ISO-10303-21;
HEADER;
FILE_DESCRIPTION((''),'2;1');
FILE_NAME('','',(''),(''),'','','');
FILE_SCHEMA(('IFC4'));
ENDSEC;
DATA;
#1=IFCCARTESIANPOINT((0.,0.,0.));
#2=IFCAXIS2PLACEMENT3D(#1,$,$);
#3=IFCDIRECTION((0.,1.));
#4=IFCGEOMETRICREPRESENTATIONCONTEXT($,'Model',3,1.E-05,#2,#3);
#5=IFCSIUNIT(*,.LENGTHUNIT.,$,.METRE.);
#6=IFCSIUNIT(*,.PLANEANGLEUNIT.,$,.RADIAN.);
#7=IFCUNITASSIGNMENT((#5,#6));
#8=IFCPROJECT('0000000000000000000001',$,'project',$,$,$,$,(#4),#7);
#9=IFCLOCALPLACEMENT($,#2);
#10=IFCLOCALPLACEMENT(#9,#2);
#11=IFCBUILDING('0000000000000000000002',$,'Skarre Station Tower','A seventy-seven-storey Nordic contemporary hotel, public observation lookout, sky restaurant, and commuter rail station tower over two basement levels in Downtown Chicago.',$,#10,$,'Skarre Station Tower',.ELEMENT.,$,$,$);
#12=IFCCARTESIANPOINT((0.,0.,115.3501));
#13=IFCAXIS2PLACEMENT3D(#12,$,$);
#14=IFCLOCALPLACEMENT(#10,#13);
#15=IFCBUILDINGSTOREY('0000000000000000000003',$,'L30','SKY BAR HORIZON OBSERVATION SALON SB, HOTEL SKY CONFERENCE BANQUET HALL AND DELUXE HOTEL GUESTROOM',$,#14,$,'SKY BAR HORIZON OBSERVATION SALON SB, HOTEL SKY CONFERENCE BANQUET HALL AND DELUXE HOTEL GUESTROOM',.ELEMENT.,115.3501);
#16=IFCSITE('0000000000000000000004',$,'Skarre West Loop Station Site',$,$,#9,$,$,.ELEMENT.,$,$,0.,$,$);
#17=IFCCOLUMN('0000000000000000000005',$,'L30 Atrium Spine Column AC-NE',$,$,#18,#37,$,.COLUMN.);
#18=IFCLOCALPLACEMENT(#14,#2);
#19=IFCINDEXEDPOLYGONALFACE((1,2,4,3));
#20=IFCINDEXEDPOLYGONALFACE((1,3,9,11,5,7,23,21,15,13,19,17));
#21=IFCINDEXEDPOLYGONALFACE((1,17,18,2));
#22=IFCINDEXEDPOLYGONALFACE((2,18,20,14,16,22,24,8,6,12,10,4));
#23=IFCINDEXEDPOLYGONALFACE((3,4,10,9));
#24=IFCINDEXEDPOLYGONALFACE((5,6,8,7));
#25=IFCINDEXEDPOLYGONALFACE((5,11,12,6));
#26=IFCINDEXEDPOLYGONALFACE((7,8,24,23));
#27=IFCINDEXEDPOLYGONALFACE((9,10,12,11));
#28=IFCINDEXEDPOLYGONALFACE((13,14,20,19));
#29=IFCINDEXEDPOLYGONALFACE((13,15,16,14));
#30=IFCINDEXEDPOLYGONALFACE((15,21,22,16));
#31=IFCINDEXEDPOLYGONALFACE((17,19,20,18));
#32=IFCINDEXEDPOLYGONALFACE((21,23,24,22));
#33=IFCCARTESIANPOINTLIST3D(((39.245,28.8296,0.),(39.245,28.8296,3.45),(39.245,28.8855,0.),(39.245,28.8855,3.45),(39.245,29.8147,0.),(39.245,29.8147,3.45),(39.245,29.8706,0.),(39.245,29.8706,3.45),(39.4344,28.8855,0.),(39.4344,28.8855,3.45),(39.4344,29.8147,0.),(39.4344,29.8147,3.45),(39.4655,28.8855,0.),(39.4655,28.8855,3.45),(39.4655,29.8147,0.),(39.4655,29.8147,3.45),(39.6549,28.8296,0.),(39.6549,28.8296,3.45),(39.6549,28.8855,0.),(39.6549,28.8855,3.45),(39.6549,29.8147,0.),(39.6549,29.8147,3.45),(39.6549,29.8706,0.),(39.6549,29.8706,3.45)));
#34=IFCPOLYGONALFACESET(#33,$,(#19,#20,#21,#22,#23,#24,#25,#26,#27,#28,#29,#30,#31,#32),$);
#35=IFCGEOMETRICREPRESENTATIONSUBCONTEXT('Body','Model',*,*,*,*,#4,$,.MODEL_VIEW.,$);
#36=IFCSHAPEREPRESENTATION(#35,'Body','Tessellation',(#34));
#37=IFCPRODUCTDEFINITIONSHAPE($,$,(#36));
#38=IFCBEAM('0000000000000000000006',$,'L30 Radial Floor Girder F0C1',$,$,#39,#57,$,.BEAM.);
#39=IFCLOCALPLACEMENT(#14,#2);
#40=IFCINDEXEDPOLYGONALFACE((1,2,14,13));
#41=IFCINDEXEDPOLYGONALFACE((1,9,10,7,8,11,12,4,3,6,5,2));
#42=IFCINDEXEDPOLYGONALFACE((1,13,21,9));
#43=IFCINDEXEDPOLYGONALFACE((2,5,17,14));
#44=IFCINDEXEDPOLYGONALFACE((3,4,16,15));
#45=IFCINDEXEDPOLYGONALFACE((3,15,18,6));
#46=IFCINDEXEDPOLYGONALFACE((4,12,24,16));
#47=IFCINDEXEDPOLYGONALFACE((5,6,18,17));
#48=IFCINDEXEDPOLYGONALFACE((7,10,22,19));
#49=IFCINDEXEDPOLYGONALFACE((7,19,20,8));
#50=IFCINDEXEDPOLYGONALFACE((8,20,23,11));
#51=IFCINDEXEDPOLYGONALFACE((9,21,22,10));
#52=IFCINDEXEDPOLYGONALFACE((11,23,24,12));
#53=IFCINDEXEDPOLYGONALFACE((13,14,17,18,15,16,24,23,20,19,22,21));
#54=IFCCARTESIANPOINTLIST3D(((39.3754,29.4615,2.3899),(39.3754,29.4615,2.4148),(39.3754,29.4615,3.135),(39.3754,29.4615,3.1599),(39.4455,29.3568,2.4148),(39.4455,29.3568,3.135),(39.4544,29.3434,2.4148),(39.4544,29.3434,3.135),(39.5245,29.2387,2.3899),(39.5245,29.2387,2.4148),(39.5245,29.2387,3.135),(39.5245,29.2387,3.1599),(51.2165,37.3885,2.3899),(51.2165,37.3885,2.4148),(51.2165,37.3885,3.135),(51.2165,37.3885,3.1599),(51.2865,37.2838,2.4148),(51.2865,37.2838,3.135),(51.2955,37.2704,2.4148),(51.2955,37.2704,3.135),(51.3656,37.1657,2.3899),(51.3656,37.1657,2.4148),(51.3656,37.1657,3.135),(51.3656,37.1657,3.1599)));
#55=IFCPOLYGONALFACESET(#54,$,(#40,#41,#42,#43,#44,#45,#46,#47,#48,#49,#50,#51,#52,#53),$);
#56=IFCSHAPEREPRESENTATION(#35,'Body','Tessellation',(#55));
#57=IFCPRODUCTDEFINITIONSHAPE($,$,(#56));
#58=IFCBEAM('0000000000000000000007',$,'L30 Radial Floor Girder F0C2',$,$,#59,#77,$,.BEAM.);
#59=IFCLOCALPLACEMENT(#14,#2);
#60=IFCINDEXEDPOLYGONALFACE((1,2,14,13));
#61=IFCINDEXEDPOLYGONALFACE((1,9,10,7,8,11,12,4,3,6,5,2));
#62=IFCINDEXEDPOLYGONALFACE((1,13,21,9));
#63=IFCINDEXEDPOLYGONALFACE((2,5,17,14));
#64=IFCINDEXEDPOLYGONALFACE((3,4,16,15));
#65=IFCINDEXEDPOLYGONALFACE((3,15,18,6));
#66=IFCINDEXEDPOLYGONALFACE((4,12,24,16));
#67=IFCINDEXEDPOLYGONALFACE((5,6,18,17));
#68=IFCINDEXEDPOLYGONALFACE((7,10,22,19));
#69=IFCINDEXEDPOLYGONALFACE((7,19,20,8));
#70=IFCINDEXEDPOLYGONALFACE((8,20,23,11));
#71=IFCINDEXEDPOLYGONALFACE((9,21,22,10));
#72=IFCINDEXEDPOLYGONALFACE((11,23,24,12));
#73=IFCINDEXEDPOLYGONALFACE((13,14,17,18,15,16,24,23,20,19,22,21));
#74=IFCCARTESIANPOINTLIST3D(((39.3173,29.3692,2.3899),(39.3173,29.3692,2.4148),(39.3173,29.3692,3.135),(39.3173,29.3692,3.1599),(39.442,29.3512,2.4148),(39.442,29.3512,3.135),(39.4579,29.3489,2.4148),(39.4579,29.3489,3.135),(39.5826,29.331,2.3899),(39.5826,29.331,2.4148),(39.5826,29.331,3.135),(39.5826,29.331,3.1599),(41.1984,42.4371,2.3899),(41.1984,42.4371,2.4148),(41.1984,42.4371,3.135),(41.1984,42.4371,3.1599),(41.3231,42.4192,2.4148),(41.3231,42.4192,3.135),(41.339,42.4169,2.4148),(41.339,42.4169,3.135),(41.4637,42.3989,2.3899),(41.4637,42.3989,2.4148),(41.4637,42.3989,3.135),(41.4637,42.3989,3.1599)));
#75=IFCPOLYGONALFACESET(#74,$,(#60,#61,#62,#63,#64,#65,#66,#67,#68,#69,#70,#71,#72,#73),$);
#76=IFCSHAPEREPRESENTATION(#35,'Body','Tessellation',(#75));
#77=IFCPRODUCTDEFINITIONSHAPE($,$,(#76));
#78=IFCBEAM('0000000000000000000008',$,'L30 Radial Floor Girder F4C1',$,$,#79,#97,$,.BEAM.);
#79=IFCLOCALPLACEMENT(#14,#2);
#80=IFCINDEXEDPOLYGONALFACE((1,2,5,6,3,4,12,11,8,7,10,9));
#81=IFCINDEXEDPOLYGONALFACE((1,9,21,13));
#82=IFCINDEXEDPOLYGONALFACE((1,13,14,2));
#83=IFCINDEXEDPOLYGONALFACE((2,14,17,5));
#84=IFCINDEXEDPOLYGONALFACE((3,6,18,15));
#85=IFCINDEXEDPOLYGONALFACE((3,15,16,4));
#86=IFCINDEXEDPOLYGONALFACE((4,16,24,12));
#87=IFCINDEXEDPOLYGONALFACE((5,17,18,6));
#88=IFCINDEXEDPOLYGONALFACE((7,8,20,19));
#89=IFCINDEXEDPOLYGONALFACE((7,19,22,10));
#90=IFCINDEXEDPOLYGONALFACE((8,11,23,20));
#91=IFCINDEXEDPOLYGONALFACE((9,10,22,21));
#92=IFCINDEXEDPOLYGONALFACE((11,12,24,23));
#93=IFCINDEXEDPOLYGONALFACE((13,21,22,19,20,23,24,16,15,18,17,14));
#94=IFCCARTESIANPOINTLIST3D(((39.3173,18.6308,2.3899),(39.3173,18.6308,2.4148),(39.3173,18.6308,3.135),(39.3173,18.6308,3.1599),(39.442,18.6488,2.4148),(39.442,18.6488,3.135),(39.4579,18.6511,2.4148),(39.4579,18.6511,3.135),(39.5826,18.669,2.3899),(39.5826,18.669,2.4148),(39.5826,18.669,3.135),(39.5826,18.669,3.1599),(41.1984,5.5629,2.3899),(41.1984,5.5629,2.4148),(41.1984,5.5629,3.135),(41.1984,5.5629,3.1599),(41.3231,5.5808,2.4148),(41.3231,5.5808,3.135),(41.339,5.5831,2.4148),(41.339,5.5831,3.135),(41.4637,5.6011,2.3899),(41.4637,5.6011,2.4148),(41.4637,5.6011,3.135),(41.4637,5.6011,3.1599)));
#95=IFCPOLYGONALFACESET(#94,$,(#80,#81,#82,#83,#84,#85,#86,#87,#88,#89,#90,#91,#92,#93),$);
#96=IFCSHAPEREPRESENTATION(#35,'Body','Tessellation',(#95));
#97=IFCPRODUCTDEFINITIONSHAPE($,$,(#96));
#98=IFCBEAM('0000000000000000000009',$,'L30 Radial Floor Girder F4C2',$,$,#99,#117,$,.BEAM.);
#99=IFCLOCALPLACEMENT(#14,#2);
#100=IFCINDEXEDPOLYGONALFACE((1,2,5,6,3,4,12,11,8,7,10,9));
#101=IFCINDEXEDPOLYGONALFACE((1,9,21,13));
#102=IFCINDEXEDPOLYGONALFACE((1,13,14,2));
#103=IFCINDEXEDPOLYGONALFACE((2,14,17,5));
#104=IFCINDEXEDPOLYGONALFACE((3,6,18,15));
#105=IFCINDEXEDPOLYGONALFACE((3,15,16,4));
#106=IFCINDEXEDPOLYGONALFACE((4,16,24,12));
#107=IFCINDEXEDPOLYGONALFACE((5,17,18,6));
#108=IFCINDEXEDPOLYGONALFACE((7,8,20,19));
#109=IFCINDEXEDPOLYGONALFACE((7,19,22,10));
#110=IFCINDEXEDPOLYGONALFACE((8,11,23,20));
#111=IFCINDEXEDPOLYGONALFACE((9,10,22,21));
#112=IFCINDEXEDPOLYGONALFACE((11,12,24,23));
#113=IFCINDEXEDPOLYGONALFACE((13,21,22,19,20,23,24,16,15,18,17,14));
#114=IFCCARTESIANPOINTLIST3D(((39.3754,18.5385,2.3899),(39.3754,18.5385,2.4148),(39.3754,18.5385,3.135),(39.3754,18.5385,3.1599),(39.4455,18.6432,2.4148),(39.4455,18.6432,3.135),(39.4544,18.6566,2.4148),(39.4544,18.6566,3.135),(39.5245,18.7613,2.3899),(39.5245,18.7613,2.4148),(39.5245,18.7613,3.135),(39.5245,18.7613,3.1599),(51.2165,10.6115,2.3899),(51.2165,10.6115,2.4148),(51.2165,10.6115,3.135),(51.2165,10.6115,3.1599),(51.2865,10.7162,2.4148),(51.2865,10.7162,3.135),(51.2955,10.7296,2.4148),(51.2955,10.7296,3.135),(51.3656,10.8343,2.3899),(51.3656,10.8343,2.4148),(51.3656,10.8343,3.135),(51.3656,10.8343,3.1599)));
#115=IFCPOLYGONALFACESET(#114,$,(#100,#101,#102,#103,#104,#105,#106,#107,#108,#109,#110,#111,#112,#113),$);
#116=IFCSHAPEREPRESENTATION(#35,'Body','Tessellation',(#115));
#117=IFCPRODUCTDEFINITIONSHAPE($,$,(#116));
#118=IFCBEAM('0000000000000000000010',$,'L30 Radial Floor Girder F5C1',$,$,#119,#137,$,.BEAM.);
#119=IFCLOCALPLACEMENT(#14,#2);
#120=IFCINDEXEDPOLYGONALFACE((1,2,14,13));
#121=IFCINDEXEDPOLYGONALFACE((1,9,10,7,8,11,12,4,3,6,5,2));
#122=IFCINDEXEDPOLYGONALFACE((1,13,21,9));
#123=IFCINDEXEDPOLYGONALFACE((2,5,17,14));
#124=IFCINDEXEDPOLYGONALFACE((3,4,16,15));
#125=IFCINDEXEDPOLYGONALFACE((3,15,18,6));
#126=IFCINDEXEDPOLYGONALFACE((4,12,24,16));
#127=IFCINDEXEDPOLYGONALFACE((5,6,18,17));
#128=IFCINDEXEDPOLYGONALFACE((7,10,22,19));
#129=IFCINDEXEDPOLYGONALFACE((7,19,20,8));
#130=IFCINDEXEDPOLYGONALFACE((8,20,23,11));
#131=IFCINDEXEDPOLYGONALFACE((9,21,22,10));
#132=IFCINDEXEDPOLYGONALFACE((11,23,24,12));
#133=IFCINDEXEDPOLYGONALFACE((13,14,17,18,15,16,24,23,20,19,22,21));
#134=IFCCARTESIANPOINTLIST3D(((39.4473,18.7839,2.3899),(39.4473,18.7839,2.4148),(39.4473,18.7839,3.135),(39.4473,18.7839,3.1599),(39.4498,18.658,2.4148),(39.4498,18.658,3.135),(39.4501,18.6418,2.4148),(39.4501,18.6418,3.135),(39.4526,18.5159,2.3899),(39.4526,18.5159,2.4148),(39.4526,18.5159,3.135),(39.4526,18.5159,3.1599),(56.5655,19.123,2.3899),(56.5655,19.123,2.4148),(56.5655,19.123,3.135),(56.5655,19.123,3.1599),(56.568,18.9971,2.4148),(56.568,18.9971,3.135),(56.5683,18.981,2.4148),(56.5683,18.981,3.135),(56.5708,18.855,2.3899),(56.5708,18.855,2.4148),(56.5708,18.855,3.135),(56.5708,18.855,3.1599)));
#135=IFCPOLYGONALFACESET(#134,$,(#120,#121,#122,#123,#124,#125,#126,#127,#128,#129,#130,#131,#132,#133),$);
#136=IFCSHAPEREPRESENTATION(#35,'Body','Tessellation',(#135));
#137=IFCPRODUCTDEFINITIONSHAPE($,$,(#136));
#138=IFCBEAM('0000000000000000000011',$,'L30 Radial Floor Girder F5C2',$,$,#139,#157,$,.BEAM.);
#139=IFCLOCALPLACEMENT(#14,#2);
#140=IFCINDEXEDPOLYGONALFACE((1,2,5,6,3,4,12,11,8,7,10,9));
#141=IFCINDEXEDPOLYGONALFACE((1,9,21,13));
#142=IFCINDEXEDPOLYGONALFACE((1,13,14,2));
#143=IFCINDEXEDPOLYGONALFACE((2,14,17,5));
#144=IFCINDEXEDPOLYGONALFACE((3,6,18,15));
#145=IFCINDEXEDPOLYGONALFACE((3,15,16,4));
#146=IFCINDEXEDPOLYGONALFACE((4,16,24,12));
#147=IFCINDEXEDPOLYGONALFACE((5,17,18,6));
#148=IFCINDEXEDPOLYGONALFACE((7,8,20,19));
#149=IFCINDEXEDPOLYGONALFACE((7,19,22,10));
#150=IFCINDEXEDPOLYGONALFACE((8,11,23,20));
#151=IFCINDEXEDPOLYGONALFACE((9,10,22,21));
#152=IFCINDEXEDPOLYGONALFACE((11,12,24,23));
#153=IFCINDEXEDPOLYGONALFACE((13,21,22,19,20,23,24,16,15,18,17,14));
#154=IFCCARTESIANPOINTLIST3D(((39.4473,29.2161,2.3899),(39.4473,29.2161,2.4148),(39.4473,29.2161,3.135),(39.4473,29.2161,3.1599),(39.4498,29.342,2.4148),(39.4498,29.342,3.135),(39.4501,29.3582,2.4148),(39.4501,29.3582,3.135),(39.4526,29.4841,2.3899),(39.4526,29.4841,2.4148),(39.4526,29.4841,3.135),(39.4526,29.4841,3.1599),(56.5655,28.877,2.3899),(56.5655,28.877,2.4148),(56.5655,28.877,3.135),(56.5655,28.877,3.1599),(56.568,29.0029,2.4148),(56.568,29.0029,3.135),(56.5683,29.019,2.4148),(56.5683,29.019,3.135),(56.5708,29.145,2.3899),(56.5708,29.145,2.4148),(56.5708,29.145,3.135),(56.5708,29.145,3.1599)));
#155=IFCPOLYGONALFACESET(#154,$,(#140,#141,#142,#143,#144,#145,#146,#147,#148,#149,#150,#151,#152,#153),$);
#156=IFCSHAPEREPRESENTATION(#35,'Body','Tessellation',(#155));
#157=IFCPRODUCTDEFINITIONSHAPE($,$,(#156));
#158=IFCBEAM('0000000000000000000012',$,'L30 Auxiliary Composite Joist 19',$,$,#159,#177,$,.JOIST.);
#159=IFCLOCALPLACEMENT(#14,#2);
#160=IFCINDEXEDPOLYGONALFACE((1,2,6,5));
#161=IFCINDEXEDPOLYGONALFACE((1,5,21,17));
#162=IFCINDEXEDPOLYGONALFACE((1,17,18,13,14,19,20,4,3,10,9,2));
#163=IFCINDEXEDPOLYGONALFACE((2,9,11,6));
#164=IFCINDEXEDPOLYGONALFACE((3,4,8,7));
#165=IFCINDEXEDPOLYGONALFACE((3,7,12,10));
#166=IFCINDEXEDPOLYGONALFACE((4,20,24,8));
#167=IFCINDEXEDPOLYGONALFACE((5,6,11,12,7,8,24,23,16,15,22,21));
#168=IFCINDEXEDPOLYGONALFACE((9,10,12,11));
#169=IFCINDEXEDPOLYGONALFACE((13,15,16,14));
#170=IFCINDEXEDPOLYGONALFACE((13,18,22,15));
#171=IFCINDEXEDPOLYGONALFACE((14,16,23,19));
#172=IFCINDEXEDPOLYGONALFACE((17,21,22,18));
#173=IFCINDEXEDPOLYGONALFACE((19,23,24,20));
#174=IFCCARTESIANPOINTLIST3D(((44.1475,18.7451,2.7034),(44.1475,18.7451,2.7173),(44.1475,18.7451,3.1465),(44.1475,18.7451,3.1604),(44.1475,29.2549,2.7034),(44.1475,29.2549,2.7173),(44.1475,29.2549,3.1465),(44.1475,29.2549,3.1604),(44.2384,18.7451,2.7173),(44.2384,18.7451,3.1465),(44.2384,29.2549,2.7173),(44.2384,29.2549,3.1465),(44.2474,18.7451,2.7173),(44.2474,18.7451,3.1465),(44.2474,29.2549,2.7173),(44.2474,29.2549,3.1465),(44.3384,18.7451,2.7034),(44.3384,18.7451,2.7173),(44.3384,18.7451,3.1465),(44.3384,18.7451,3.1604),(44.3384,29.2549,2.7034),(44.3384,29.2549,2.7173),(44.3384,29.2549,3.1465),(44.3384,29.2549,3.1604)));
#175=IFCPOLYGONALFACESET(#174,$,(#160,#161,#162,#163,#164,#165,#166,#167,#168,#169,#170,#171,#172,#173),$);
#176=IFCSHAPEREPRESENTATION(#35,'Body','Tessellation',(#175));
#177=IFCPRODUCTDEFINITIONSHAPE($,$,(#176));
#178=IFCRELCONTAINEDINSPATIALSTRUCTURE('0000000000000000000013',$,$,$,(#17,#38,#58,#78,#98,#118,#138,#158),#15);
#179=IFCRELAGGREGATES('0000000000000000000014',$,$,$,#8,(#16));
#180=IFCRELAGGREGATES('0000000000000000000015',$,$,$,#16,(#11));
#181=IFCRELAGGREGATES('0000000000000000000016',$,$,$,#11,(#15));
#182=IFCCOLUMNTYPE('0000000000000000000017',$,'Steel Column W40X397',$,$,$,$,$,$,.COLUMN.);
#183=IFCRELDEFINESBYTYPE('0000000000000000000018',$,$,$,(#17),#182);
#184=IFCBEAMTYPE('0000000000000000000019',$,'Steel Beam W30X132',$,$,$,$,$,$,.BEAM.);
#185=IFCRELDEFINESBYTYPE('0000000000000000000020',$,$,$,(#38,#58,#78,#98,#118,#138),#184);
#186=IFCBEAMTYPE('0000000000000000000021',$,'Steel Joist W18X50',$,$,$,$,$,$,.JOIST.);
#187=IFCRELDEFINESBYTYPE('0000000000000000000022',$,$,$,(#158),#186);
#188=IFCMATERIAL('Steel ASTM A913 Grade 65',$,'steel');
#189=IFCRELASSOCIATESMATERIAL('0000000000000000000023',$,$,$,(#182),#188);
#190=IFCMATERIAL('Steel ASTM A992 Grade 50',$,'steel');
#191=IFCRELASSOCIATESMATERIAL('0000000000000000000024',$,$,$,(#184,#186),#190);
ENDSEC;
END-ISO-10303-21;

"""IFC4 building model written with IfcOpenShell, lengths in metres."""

from ifc_helpers import new_model, si_unit, direction, frame, origin, origin_2d, place, context, subcontext, project, spatial, i_section, extrude, material, material_profile, profile_set, type_object, element, save


model = new_model("IFC4")

# Units and contexts
model_context = context("Model", 3, precision=1e-05, world=origin(), true_north=direction((0.0, 1.0)))
body_context = subcontext(model_context, "Body", "Model", "MODEL_VIEW")
ifc_project = project(units=[si_unit("LENGTHUNIT", "METRE"), si_unit("PLANEANGLEUNIT", "RADIAN")], contexts=[model_context])

# Site, building, storey
site_placement = place(None, origin())
site = spatial("IfcSite", under=ifc_project, at=site_placement, Name="Skarre West Loop Station Site", CompositionType="ELEMENT", RefElevation=0.0)
building_placement = place(site_placement, origin())
building = spatial("IfcBuilding", under=site, at=building_placement, Name="Skarre Station Tower", Description="A seventy-seven-storey Nordic contemporary hotel, public observation lookout, sky restaurant, and commuter rail station tower over two basement levels in Downtown Chicago.", LongName="Skarre Station Tower", CompositionType="ELEMENT")
storey_placement = place(building_placement, frame((0.0, 0.0, 115.3501)))
storey = spatial("IfcBuildingStorey", under=building, at=storey_placement, Name="L30", Description="SKY BAR HORIZON OBSERVATION SALON SB, HOTEL SKY CONFERENCE BANQUET HALL AND DELUXE HOTEL GUESTROOM", LongName="SKY BAR HORIZON OBSERVATION SALON SB, HOTEL SKY CONFERENCE BANQUET HALL AND DELUXE HOTEL GUESTROOM", CompositionType="ELEMENT", Elevation=115.3501)

# Column
ifc_material_1 = material(Name="Steel ASTM A913 Grade 65", Category="steel")
ifc_material_profile_1 = material_profile(ifc_material_1, i_section(OverallWidth=0.4099, OverallDepth=1.041, WebThickness=0.031, FlangeThickness=0.0559, at=origin_2d()), Name="Steel ASTM A913 Grade 65")
ifc_profile_set_1 = profile_set([ifc_material_profile_1], Name="Steel ASTM A913 Grade 65")
column_type = type_object("IfcColumnType", Name="Steel Column W40X397", PredefinedType="COLUMN", material=ifc_profile_set_1)
column_placement = place(storey_placement, frame((39.45, 29.3501, 0.0), z_axis=(0.0, 0.0, 1.0), x_axis=(1.0, 0.0, 0.0)))
element("IfcColumn", 1, at=column_placement, inside=storey, type_object=column_type, Name="L30 Atrium Spine Column AC-NE", PredefinedType="COLUMN", context=body_context, shape_type="SweptSolid", body=[
    extrude(i_section(OverallWidth=0.4099, OverallDepth=1.041, WebThickness=0.031, FlangeThickness=0.0559, at=origin_2d()), origin(), (0.0, 0.0, 1.0), 3.45),
])

# Beams
ifc_material_2 = material(Name="Steel ASTM A992 Grade 50", Category="steel")
ifc_material_profile_2 = material_profile(ifc_material_2, i_section(OverallWidth=0.2681, OverallDepth=0.77, WebThickness=0.0161, FlangeThickness=0.0249, at=origin_2d()), Name="Steel ASTM A992 Grade 50")
ifc_profile_set_2 = profile_set([ifc_material_profile_2], Name="Steel ASTM A992 Grade 50")
beam_type_1 = type_object("IfcBeamType", Name="Steel Beam W30X132", PredefinedType="BEAM", material=ifc_profile_set_2)
beam_1_placement = place(storey_placement, frame((39.45, 29.3501, 2.7749), z_axis=(0.830981, 0.5563, 0.0), x_axis=(-0.5563, 0.830981, 0.0)))
element("IfcBeam", 2, at=beam_1_placement, inside=storey, type_object=beam_type_1, Name="L30 Radial Floor Girder F0C1", PredefinedType="BEAM", context=body_context, shape_type="SweptSolid", body=[
    extrude(i_section(OverallWidth=0.2681, OverallDepth=0.77, WebThickness=0.0161, FlangeThickness=0.0249, at=origin_2d()), origin(), (0.0, 0.0, 1.0), 14.2495),
])
for number, where, z_axis, x_axis, name in (
    (3, (39.45, 29.3501, 2.7749), (0.14248, 0.989798, 0.0), (-0.989798, 0.14248, 0.0), "L30 Radial Floor Girder F0C2"),
    (4, (39.45, 18.6499, 2.7749), (0.14248, -0.989798, 0.0), (0.989798, 0.14248, 0.0), "L30 Radial Floor Girder F4C1"),
):
    element("IfcBeam", number, at=place(storey_placement, frame(where, z_axis=z_axis, x_axis=x_axis)), inside=storey, type_object=beam_type_1, Name=name, PredefinedType="BEAM", context=body_context, shape_type="SweptSolid", body=[
        extrude(i_section(OverallWidth=0.2681, OverallDepth=0.77, WebThickness=0.0161, FlangeThickness=0.0249, at=origin_2d()), origin(), (0.0, 0.0, 1.0), 13.2026),
    ])
beam_2_placement = place(storey_placement, frame((39.45, 18.6499, 2.7749), z_axis=(0.830981, -0.5563, 0.0), x_axis=(0.5563, 0.830981, 0.0)))
element("IfcBeam", 5, at=beam_2_placement, inside=storey, type_object=beam_type_1, Name="L30 Radial Floor Girder F4C2", PredefinedType="BEAM", context=body_context, shape_type="SweptSolid", body=[
    extrude(i_section(OverallWidth=0.2681, OverallDepth=0.77, WebThickness=0.0161, FlangeThickness=0.0249, at=origin_2d()), origin(), (0.0, 0.0, 1.0), 14.2495),
])
for number, where, z_axis, x_axis, name in (
    (6, (39.45, 18.6499, 2.7749), (0.999804, 0.019806, 0.0), (-0.019806, 0.999804, 0.0), "L30 Radial Floor Girder F5C1"),
    (7, (39.45, 29.3501, 2.7749), (0.999804, -0.019806, 0.0), (0.019806, 0.999804, 0.0), "L30 Radial Floor Girder F5C2"),
):
    element("IfcBeam", number, at=place(storey_placement, frame(where, z_axis=z_axis, x_axis=x_axis)), inside=storey, type_object=beam_type_1, Name=name, PredefinedType="BEAM", context=body_context, shape_type="SweptSolid", body=[
        extrude(i_section(OverallWidth=0.2681, OverallDepth=0.77, WebThickness=0.0161, FlangeThickness=0.0249, at=origin_2d()), origin(), (0.0, 0.0, 1.0), 17.1216),
    ])
ifc_material_profile_3 = material_profile(ifc_material_2, i_section(OverallWidth=0.1909, OverallDepth=0.457, WebThickness=0.009, FlangeThickness=0.0139, at=origin_2d()), Name="Steel ASTM A992 Grade 50")
ifc_profile_set_3 = profile_set([ifc_material_profile_3], Name="Steel ASTM A992 Grade 50")
beam_type_2 = type_object("IfcBeamType", Name="Steel Joist W18X50", PredefinedType="JOIST", material=ifc_profile_set_3)
beam_3_placement = place(storey_placement, frame((44.2429, 18.7451, 2.9319), z_axis=(0.0, 1.0, 0.0), x_axis=(-1.0, 0.0, 0.0)))
element("IfcBeam", 8, at=beam_3_placement, inside=storey, type_object=beam_type_2, Name="L30 Auxiliary Composite Joist 19", PredefinedType="JOIST", context=body_context, shape_type="SweptSolid", body=[
    extrude(i_section(OverallWidth=0.1909, OverallDepth=0.457, WebThickness=0.009, FlangeThickness=0.0139, at=origin_2d()), origin(), (0.0, 0.0, 1.0), 10.5098),
])

save(model, "model.ifc")
